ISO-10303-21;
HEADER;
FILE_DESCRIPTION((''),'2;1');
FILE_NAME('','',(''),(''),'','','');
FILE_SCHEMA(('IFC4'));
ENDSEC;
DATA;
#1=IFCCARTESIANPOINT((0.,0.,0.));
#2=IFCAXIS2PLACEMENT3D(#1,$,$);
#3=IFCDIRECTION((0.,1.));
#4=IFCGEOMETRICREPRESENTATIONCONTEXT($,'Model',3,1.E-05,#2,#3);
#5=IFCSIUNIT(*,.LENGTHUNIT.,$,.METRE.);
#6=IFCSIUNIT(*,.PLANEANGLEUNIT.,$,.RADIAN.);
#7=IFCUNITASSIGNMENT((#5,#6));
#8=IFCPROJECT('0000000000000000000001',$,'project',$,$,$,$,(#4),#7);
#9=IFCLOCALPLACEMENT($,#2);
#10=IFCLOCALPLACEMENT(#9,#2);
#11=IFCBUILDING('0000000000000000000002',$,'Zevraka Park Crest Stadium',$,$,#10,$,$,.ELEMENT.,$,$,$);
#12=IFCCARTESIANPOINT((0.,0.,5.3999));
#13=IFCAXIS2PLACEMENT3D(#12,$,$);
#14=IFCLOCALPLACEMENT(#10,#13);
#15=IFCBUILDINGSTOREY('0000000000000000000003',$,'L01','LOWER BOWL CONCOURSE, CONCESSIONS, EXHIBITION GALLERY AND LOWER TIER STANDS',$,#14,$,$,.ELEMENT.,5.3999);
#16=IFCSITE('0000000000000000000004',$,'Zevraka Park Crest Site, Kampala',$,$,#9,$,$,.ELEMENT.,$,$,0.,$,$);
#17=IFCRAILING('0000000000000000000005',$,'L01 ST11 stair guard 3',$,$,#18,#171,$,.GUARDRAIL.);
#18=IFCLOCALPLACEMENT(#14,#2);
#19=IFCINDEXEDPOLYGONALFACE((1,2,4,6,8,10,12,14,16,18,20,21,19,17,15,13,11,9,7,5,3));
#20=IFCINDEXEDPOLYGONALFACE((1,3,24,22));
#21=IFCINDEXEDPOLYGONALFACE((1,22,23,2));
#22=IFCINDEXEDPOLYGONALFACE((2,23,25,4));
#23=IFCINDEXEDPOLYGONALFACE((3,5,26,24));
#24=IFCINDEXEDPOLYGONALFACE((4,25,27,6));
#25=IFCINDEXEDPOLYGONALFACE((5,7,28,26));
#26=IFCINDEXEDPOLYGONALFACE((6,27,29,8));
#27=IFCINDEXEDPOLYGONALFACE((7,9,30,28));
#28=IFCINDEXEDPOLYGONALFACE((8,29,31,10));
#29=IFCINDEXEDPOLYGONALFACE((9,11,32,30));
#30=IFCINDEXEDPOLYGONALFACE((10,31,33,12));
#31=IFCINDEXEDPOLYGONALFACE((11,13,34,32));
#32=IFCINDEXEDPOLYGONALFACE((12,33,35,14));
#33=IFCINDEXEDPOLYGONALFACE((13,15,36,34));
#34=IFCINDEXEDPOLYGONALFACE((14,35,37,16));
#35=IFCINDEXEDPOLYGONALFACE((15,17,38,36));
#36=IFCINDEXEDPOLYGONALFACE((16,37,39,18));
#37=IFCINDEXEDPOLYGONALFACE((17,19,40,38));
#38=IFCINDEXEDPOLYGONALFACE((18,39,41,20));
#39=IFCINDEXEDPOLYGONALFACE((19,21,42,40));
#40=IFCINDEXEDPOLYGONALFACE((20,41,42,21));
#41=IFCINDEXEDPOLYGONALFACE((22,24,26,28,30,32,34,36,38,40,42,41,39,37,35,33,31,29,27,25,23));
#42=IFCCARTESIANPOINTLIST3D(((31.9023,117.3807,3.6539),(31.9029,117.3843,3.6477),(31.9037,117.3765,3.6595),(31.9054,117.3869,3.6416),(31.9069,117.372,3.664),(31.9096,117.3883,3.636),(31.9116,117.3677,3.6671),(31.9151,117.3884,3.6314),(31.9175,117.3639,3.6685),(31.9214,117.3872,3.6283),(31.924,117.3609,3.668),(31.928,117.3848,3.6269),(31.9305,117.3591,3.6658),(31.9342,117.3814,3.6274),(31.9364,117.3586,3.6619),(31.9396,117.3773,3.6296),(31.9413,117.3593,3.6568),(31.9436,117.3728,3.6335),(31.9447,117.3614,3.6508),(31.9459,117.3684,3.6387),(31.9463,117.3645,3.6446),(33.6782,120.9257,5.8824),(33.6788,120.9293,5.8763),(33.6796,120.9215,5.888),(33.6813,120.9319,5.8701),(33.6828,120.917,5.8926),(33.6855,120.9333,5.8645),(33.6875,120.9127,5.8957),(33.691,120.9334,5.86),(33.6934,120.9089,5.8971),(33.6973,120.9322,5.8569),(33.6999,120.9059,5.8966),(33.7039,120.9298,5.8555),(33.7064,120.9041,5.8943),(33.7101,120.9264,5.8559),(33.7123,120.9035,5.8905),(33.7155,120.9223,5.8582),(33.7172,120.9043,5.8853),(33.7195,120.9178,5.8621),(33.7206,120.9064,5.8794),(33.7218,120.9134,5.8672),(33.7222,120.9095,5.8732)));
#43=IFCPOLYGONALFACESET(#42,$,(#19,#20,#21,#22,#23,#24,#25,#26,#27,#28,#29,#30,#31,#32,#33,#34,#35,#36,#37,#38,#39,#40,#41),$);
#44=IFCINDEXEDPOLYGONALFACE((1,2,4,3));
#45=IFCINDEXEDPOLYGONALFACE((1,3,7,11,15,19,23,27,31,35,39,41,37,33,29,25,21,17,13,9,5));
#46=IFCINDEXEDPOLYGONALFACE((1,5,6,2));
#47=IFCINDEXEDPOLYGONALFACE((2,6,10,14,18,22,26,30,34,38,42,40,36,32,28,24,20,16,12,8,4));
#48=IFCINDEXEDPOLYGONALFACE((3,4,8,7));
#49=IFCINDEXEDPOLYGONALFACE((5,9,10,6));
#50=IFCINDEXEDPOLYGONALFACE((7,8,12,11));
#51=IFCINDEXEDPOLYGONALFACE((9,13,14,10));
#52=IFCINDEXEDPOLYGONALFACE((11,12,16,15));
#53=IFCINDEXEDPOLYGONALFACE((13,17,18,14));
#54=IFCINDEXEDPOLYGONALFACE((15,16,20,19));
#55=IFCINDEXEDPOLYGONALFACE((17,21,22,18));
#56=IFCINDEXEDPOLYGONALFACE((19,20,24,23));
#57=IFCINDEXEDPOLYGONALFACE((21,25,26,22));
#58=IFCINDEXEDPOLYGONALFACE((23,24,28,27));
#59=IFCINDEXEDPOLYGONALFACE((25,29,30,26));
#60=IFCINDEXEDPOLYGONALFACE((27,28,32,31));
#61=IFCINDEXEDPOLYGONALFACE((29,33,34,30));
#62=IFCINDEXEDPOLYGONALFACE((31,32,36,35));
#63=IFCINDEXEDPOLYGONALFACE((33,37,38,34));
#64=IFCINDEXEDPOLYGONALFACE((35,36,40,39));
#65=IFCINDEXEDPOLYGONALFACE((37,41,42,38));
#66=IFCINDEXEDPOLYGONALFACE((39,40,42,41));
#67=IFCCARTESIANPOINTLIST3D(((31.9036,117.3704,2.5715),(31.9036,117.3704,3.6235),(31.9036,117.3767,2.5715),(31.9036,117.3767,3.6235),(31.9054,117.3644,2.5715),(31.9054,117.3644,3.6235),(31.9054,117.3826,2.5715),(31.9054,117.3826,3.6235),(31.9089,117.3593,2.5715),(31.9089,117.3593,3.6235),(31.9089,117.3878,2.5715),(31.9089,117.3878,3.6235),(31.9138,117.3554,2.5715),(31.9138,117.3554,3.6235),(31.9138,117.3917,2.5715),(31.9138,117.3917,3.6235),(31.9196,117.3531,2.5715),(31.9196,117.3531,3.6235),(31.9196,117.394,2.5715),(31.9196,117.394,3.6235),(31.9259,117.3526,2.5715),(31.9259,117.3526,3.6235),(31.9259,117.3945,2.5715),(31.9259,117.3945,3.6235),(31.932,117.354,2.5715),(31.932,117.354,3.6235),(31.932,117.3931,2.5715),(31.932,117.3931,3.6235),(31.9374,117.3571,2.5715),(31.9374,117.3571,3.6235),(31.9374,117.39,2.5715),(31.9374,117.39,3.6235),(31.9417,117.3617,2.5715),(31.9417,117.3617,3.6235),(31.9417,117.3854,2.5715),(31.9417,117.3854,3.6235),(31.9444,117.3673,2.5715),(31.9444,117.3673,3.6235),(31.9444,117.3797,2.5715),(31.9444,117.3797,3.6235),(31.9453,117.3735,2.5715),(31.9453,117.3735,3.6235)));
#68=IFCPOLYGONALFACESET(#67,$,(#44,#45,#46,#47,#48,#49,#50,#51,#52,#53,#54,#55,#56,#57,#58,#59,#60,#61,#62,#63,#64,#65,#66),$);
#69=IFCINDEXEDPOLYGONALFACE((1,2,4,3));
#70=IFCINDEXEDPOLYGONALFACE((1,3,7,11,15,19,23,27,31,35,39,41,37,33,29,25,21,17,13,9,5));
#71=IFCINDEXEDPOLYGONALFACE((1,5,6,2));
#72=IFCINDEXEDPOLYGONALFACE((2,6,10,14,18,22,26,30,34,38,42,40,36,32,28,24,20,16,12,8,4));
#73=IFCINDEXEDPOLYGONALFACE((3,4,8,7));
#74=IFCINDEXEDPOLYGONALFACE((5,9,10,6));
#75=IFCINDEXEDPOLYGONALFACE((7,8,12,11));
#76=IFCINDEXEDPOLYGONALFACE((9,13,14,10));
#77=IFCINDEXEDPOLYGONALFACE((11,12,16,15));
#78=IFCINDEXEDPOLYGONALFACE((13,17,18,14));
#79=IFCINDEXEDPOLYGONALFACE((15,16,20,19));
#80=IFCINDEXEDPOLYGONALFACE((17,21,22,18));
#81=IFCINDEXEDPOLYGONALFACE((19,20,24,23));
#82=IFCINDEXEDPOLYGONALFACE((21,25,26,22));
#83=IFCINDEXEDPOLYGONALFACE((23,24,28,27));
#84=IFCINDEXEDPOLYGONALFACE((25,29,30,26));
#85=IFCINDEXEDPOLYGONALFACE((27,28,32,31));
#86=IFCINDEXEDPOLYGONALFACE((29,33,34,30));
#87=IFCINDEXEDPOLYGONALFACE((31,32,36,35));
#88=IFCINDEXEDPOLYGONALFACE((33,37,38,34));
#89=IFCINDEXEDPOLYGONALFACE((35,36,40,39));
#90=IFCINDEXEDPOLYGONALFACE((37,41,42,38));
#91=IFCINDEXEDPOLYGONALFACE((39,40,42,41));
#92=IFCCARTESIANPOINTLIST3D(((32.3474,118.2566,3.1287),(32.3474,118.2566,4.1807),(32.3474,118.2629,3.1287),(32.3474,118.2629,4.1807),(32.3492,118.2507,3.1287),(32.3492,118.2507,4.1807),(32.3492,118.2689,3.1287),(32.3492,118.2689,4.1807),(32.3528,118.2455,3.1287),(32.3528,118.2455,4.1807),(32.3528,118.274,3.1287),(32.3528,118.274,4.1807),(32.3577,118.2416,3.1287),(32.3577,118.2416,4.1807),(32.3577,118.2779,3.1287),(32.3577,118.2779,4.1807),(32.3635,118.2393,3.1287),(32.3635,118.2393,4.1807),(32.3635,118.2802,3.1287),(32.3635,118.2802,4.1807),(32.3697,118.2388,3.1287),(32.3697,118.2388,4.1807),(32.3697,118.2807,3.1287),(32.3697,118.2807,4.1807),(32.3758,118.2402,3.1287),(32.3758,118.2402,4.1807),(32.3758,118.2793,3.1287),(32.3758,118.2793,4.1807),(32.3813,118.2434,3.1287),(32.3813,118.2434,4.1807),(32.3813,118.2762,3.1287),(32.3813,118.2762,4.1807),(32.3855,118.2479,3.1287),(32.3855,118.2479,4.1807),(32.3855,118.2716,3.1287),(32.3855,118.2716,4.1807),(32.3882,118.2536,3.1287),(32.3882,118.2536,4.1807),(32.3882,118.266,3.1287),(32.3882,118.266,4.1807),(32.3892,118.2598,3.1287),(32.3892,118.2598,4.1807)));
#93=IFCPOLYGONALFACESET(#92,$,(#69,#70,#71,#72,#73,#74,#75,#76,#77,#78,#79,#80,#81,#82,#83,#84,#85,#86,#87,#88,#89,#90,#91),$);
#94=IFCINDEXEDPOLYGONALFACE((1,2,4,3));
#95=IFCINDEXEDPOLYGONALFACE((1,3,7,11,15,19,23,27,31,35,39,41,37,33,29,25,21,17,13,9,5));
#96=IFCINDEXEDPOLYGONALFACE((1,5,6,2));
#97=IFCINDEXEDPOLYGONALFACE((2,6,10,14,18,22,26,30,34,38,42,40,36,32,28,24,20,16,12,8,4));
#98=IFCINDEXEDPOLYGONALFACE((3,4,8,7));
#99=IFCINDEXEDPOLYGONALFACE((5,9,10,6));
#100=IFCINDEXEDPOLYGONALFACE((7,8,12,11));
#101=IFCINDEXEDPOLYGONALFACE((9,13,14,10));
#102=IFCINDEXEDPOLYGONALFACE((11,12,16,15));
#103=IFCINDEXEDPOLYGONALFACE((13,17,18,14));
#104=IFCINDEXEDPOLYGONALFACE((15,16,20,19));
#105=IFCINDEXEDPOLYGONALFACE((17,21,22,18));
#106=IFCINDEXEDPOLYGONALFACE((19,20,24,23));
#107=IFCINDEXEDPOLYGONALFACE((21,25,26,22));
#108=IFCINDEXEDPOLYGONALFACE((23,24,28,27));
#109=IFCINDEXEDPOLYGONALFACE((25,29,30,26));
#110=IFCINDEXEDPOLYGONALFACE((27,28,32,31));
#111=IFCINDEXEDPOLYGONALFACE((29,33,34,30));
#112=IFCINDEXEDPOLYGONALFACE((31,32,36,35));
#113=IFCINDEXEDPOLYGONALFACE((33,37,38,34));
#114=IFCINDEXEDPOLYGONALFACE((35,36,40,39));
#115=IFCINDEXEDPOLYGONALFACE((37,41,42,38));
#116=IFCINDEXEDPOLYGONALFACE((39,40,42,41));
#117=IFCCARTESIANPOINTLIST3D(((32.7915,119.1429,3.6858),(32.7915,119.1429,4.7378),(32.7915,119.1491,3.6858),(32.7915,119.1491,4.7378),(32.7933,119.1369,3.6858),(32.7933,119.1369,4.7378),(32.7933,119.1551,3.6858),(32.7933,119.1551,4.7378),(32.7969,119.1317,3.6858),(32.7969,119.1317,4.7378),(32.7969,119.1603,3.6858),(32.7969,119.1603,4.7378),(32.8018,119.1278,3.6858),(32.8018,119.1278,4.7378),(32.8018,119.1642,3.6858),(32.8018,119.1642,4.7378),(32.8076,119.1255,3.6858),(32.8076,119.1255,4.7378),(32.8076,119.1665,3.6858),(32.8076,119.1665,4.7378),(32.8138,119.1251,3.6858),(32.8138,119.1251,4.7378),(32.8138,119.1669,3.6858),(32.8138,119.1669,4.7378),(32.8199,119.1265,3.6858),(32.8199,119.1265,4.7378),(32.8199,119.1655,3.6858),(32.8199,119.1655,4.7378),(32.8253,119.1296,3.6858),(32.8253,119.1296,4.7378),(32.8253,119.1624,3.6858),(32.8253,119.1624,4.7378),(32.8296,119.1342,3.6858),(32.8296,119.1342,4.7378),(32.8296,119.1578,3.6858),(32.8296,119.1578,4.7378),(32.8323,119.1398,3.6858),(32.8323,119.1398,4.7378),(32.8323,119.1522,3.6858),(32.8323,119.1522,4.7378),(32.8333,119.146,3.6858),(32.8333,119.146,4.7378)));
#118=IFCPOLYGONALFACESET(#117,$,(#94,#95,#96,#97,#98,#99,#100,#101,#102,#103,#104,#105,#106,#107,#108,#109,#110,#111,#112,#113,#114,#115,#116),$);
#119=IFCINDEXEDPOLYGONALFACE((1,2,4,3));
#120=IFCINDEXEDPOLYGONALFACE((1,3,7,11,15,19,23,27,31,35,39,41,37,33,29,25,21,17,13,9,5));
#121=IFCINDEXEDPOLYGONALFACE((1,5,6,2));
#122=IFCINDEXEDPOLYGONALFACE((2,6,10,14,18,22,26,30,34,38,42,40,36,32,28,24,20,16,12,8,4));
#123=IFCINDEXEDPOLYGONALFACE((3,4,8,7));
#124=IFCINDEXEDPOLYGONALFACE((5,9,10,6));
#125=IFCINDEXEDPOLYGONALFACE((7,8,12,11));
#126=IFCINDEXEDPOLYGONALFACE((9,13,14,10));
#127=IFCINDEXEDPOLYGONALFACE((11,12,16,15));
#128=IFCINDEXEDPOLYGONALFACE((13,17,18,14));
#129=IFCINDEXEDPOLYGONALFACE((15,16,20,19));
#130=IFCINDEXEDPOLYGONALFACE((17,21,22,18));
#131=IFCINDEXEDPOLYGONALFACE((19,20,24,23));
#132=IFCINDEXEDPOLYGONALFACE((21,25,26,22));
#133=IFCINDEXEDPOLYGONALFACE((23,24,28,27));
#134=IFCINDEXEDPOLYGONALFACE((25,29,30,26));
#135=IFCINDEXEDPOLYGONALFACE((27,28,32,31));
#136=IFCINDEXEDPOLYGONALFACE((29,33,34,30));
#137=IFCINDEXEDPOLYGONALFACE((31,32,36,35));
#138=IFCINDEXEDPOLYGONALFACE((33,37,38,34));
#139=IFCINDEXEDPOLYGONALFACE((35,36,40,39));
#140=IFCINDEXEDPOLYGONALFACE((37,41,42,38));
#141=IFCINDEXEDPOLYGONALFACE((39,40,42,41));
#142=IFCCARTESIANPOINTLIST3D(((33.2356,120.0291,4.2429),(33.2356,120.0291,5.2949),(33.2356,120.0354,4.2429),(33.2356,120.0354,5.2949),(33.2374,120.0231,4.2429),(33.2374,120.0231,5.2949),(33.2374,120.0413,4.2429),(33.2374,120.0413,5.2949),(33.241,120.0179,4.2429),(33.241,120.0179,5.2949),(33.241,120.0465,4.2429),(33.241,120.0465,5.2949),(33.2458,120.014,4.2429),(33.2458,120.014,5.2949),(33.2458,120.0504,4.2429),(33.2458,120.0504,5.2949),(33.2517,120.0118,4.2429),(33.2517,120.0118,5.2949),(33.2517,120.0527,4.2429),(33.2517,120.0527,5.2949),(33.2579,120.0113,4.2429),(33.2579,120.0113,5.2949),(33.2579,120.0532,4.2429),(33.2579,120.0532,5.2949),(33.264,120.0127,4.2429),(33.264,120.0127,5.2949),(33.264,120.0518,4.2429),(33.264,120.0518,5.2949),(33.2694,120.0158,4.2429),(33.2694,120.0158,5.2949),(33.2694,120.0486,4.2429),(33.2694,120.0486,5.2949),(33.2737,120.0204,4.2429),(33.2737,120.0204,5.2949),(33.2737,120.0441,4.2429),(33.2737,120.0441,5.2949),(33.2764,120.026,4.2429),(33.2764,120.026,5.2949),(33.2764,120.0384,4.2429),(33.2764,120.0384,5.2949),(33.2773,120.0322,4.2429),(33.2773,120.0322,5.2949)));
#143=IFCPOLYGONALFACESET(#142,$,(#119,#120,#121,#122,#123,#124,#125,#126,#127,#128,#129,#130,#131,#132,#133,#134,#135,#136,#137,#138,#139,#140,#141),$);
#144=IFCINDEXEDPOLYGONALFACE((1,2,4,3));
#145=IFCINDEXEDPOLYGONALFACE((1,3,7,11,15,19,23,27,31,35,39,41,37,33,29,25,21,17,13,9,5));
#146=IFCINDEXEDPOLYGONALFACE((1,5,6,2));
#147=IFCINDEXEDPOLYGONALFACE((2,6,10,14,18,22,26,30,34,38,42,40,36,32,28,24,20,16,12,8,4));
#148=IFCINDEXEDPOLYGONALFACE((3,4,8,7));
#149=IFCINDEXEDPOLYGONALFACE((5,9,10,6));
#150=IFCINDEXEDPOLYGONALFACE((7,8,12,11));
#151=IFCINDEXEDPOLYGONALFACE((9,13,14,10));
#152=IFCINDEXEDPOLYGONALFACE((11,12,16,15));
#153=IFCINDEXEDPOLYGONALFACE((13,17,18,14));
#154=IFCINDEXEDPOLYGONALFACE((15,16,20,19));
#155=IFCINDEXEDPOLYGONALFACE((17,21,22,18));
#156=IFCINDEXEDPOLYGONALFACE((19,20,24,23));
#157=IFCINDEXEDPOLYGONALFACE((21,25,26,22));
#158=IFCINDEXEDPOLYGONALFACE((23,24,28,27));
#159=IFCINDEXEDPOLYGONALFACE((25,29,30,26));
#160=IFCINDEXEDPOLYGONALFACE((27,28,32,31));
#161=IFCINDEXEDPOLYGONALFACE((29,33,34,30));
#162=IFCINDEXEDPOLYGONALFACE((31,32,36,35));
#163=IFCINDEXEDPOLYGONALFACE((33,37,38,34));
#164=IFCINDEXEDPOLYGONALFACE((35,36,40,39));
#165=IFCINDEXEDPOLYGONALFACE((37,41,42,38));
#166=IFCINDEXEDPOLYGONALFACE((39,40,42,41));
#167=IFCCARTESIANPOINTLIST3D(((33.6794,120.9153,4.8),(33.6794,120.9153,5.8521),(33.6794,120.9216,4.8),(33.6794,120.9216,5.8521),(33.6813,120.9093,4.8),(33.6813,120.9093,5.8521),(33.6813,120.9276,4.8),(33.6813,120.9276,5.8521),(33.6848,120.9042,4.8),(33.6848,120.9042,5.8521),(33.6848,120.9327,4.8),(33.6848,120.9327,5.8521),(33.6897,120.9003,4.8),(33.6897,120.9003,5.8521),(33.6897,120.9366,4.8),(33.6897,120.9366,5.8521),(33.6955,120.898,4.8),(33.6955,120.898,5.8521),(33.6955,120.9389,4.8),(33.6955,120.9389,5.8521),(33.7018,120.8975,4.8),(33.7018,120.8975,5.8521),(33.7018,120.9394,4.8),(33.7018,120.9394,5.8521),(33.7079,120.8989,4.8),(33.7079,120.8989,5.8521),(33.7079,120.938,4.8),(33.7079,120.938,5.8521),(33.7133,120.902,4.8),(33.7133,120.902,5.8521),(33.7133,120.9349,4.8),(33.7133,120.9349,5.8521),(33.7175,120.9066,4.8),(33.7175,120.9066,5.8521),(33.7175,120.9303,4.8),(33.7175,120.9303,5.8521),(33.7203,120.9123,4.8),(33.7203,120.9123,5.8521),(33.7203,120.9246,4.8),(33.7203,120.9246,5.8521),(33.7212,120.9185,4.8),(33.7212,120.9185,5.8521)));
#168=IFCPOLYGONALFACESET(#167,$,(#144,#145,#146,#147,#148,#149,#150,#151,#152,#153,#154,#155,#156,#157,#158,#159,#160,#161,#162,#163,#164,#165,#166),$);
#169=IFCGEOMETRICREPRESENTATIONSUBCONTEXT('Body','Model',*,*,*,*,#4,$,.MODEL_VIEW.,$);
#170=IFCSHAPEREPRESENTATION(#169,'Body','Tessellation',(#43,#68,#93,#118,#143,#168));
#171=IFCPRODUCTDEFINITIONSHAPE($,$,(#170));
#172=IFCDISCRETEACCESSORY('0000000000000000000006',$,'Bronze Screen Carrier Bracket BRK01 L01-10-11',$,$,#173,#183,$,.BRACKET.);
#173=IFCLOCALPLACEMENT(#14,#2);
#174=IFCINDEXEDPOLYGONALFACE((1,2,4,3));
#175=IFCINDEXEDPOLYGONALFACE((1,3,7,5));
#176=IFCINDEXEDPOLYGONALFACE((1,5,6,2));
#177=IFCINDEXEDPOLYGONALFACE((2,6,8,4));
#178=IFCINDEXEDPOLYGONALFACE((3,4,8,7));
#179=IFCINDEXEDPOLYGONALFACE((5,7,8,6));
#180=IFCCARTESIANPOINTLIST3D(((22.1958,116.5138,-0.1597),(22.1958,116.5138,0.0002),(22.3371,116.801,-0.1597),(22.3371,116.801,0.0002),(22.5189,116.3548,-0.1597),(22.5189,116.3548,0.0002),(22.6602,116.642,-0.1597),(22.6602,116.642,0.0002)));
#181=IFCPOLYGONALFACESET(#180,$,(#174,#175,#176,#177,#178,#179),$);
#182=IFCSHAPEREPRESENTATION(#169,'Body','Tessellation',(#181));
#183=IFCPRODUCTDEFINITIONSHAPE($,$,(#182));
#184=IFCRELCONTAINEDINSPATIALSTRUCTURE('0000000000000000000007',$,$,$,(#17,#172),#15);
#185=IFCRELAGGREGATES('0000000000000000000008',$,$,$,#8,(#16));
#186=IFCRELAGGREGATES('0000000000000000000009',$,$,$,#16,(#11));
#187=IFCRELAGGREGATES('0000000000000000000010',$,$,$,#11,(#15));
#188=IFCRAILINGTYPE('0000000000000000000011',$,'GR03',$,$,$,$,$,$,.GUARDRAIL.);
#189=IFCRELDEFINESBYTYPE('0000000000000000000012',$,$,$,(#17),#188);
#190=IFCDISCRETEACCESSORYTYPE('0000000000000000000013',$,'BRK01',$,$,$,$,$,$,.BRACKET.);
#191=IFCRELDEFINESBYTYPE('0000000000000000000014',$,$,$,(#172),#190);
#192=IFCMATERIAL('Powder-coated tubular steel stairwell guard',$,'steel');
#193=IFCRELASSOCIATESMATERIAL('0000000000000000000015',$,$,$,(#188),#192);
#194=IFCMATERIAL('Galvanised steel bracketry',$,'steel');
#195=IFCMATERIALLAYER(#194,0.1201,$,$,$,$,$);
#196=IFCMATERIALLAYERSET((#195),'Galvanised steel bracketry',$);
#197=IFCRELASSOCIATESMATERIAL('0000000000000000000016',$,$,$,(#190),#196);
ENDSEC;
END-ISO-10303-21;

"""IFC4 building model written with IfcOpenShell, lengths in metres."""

from ifc_helpers import new_model, si_unit, direction, frame, origin, origin_2d, place, context, subcontext, project, spatial, rectangle, circle, extrude, material, layer, layer_set, type_object, element, save


model = new_model("IFC4")

# Units and contexts
model_context = context("Model", 3, precision=1e-05, world=origin(), true_north=direction((0.0, 1.0)))
body_context = subcontext(model_context, "Body", "Model", "MODEL_VIEW")
ifc_project = project(units=[si_unit("LENGTHUNIT", "METRE"), si_unit("PLANEANGLEUNIT", "RADIAN")], contexts=[model_context])

# Site, building, storey
site_placement = place(None, origin())
site = spatial("IfcSite", under=ifc_project, at=site_placement, Name="Zevraka Park Crest Site, Kampala", CompositionType="ELEMENT", RefElevation=0.0)
building_placement = place(site_placement, origin())
building = spatial("IfcBuilding", under=site, at=building_placement, Name="Zevraka Park Crest Stadium", CompositionType="ELEMENT")
storey_placement = place(building_placement, frame((0.0, 0.0, 5.3999)))
storey = spatial("IfcBuildingStorey", under=building, at=storey_placement, Name="L01", Description="LOWER BOWL CONCOURSE, CONCESSIONS, EXHIBITION GALLERY AND LOWER TIER STANDS", CompositionType="ELEMENT", Elevation=5.3999)

# Railing
ifc_material_1 = material(Name="Powder-coated tubular steel stairwell guard", Category="steel")
railing_type = type_object("IfcRailingType", Name="GR03", PredefinedType="GUARDRAIL", material=ifc_material_1)
railing_1_placement = place(storey_placement, frame((31.9243, 117.3735, 2.5715)))
element("IfcRailing", 1, at=railing_1_placement, inside=storey, type_object=railing_type, Name="L01 ST11 stair guard 3", PredefinedType="GUARDRAIL", context=body_context, shape_type="SweptSolid", body=[
    extrude(circle(Radius=0.0239, at=origin_2d()), frame((0.0, 0.0, 1.0762), z_axis=(0.390454, 0.779405, 0.489973), x_axis=(-0.894082, 0.447903, 0.0)), (0.0, 0.0, 1.0), 4.5483),
    extrude(circle(Radius=0.021, at=origin_2d()), origin(), (0.0, 0.0, 1.0), 1.052),
    extrude(circle(Radius=0.021, at=origin_2d()), frame((0.4438, 0.8862, 0.5571)), (0.0, 0.0, 1.0), 1.052),
    extrude(circle(Radius=0.021, at=origin_2d()), frame((0.8879, 1.7725, 1.1143)), (0.0, 0.0, 1.0), 1.052),
    extrude(circle(Radius=0.021, at=origin_2d()), frame((1.332, 2.6587, 1.6714)), (0.0, 0.0, 1.0), 1.052),
    extrude(circle(Radius=0.021, at=origin_2d()), frame((1.7759, 3.5449, 2.2285)), (0.0, 0.0, 1.0), 1.052),
])

# Discrete accessory
ifc_material_2 = material(Name="Galvanised steel bracketry", Category="steel")
ifc_layer_1 = layer(ifc_material_2, 0.1201)
ifc_layer_set_1 = layer_set([ifc_layer_1], Name="Galvanised steel bracketry")
discrete_accessory_type = type_object("IfcDiscreteAccessoryType", Name="BRK01", PredefinedType="BRACKET", material=ifc_layer_set_1)
discrete_accessory_placement = place(storey_placement, frame((22.428, 116.5779, -0.1597), z_axis=(0.0, 0.0, 1.0), x_axis=(-0.441506, -0.897258, 0.0)))
element("IfcDiscreteAccessory", 2, at=discrete_accessory_placement, inside=storey, type_object=discrete_accessory_type, Name="Bronze Screen Carrier Bracket BRK01 L01-10-11", PredefinedType="BRACKET", context=body_context, shape_type="SweptSolid", body=[
    extrude(rectangle(XDim=0.3201, YDim=0.3601, at=origin_2d()), origin(), (0.0, 0.0, 1.0), 0.1599),
])

save(model, "model.ifc")
